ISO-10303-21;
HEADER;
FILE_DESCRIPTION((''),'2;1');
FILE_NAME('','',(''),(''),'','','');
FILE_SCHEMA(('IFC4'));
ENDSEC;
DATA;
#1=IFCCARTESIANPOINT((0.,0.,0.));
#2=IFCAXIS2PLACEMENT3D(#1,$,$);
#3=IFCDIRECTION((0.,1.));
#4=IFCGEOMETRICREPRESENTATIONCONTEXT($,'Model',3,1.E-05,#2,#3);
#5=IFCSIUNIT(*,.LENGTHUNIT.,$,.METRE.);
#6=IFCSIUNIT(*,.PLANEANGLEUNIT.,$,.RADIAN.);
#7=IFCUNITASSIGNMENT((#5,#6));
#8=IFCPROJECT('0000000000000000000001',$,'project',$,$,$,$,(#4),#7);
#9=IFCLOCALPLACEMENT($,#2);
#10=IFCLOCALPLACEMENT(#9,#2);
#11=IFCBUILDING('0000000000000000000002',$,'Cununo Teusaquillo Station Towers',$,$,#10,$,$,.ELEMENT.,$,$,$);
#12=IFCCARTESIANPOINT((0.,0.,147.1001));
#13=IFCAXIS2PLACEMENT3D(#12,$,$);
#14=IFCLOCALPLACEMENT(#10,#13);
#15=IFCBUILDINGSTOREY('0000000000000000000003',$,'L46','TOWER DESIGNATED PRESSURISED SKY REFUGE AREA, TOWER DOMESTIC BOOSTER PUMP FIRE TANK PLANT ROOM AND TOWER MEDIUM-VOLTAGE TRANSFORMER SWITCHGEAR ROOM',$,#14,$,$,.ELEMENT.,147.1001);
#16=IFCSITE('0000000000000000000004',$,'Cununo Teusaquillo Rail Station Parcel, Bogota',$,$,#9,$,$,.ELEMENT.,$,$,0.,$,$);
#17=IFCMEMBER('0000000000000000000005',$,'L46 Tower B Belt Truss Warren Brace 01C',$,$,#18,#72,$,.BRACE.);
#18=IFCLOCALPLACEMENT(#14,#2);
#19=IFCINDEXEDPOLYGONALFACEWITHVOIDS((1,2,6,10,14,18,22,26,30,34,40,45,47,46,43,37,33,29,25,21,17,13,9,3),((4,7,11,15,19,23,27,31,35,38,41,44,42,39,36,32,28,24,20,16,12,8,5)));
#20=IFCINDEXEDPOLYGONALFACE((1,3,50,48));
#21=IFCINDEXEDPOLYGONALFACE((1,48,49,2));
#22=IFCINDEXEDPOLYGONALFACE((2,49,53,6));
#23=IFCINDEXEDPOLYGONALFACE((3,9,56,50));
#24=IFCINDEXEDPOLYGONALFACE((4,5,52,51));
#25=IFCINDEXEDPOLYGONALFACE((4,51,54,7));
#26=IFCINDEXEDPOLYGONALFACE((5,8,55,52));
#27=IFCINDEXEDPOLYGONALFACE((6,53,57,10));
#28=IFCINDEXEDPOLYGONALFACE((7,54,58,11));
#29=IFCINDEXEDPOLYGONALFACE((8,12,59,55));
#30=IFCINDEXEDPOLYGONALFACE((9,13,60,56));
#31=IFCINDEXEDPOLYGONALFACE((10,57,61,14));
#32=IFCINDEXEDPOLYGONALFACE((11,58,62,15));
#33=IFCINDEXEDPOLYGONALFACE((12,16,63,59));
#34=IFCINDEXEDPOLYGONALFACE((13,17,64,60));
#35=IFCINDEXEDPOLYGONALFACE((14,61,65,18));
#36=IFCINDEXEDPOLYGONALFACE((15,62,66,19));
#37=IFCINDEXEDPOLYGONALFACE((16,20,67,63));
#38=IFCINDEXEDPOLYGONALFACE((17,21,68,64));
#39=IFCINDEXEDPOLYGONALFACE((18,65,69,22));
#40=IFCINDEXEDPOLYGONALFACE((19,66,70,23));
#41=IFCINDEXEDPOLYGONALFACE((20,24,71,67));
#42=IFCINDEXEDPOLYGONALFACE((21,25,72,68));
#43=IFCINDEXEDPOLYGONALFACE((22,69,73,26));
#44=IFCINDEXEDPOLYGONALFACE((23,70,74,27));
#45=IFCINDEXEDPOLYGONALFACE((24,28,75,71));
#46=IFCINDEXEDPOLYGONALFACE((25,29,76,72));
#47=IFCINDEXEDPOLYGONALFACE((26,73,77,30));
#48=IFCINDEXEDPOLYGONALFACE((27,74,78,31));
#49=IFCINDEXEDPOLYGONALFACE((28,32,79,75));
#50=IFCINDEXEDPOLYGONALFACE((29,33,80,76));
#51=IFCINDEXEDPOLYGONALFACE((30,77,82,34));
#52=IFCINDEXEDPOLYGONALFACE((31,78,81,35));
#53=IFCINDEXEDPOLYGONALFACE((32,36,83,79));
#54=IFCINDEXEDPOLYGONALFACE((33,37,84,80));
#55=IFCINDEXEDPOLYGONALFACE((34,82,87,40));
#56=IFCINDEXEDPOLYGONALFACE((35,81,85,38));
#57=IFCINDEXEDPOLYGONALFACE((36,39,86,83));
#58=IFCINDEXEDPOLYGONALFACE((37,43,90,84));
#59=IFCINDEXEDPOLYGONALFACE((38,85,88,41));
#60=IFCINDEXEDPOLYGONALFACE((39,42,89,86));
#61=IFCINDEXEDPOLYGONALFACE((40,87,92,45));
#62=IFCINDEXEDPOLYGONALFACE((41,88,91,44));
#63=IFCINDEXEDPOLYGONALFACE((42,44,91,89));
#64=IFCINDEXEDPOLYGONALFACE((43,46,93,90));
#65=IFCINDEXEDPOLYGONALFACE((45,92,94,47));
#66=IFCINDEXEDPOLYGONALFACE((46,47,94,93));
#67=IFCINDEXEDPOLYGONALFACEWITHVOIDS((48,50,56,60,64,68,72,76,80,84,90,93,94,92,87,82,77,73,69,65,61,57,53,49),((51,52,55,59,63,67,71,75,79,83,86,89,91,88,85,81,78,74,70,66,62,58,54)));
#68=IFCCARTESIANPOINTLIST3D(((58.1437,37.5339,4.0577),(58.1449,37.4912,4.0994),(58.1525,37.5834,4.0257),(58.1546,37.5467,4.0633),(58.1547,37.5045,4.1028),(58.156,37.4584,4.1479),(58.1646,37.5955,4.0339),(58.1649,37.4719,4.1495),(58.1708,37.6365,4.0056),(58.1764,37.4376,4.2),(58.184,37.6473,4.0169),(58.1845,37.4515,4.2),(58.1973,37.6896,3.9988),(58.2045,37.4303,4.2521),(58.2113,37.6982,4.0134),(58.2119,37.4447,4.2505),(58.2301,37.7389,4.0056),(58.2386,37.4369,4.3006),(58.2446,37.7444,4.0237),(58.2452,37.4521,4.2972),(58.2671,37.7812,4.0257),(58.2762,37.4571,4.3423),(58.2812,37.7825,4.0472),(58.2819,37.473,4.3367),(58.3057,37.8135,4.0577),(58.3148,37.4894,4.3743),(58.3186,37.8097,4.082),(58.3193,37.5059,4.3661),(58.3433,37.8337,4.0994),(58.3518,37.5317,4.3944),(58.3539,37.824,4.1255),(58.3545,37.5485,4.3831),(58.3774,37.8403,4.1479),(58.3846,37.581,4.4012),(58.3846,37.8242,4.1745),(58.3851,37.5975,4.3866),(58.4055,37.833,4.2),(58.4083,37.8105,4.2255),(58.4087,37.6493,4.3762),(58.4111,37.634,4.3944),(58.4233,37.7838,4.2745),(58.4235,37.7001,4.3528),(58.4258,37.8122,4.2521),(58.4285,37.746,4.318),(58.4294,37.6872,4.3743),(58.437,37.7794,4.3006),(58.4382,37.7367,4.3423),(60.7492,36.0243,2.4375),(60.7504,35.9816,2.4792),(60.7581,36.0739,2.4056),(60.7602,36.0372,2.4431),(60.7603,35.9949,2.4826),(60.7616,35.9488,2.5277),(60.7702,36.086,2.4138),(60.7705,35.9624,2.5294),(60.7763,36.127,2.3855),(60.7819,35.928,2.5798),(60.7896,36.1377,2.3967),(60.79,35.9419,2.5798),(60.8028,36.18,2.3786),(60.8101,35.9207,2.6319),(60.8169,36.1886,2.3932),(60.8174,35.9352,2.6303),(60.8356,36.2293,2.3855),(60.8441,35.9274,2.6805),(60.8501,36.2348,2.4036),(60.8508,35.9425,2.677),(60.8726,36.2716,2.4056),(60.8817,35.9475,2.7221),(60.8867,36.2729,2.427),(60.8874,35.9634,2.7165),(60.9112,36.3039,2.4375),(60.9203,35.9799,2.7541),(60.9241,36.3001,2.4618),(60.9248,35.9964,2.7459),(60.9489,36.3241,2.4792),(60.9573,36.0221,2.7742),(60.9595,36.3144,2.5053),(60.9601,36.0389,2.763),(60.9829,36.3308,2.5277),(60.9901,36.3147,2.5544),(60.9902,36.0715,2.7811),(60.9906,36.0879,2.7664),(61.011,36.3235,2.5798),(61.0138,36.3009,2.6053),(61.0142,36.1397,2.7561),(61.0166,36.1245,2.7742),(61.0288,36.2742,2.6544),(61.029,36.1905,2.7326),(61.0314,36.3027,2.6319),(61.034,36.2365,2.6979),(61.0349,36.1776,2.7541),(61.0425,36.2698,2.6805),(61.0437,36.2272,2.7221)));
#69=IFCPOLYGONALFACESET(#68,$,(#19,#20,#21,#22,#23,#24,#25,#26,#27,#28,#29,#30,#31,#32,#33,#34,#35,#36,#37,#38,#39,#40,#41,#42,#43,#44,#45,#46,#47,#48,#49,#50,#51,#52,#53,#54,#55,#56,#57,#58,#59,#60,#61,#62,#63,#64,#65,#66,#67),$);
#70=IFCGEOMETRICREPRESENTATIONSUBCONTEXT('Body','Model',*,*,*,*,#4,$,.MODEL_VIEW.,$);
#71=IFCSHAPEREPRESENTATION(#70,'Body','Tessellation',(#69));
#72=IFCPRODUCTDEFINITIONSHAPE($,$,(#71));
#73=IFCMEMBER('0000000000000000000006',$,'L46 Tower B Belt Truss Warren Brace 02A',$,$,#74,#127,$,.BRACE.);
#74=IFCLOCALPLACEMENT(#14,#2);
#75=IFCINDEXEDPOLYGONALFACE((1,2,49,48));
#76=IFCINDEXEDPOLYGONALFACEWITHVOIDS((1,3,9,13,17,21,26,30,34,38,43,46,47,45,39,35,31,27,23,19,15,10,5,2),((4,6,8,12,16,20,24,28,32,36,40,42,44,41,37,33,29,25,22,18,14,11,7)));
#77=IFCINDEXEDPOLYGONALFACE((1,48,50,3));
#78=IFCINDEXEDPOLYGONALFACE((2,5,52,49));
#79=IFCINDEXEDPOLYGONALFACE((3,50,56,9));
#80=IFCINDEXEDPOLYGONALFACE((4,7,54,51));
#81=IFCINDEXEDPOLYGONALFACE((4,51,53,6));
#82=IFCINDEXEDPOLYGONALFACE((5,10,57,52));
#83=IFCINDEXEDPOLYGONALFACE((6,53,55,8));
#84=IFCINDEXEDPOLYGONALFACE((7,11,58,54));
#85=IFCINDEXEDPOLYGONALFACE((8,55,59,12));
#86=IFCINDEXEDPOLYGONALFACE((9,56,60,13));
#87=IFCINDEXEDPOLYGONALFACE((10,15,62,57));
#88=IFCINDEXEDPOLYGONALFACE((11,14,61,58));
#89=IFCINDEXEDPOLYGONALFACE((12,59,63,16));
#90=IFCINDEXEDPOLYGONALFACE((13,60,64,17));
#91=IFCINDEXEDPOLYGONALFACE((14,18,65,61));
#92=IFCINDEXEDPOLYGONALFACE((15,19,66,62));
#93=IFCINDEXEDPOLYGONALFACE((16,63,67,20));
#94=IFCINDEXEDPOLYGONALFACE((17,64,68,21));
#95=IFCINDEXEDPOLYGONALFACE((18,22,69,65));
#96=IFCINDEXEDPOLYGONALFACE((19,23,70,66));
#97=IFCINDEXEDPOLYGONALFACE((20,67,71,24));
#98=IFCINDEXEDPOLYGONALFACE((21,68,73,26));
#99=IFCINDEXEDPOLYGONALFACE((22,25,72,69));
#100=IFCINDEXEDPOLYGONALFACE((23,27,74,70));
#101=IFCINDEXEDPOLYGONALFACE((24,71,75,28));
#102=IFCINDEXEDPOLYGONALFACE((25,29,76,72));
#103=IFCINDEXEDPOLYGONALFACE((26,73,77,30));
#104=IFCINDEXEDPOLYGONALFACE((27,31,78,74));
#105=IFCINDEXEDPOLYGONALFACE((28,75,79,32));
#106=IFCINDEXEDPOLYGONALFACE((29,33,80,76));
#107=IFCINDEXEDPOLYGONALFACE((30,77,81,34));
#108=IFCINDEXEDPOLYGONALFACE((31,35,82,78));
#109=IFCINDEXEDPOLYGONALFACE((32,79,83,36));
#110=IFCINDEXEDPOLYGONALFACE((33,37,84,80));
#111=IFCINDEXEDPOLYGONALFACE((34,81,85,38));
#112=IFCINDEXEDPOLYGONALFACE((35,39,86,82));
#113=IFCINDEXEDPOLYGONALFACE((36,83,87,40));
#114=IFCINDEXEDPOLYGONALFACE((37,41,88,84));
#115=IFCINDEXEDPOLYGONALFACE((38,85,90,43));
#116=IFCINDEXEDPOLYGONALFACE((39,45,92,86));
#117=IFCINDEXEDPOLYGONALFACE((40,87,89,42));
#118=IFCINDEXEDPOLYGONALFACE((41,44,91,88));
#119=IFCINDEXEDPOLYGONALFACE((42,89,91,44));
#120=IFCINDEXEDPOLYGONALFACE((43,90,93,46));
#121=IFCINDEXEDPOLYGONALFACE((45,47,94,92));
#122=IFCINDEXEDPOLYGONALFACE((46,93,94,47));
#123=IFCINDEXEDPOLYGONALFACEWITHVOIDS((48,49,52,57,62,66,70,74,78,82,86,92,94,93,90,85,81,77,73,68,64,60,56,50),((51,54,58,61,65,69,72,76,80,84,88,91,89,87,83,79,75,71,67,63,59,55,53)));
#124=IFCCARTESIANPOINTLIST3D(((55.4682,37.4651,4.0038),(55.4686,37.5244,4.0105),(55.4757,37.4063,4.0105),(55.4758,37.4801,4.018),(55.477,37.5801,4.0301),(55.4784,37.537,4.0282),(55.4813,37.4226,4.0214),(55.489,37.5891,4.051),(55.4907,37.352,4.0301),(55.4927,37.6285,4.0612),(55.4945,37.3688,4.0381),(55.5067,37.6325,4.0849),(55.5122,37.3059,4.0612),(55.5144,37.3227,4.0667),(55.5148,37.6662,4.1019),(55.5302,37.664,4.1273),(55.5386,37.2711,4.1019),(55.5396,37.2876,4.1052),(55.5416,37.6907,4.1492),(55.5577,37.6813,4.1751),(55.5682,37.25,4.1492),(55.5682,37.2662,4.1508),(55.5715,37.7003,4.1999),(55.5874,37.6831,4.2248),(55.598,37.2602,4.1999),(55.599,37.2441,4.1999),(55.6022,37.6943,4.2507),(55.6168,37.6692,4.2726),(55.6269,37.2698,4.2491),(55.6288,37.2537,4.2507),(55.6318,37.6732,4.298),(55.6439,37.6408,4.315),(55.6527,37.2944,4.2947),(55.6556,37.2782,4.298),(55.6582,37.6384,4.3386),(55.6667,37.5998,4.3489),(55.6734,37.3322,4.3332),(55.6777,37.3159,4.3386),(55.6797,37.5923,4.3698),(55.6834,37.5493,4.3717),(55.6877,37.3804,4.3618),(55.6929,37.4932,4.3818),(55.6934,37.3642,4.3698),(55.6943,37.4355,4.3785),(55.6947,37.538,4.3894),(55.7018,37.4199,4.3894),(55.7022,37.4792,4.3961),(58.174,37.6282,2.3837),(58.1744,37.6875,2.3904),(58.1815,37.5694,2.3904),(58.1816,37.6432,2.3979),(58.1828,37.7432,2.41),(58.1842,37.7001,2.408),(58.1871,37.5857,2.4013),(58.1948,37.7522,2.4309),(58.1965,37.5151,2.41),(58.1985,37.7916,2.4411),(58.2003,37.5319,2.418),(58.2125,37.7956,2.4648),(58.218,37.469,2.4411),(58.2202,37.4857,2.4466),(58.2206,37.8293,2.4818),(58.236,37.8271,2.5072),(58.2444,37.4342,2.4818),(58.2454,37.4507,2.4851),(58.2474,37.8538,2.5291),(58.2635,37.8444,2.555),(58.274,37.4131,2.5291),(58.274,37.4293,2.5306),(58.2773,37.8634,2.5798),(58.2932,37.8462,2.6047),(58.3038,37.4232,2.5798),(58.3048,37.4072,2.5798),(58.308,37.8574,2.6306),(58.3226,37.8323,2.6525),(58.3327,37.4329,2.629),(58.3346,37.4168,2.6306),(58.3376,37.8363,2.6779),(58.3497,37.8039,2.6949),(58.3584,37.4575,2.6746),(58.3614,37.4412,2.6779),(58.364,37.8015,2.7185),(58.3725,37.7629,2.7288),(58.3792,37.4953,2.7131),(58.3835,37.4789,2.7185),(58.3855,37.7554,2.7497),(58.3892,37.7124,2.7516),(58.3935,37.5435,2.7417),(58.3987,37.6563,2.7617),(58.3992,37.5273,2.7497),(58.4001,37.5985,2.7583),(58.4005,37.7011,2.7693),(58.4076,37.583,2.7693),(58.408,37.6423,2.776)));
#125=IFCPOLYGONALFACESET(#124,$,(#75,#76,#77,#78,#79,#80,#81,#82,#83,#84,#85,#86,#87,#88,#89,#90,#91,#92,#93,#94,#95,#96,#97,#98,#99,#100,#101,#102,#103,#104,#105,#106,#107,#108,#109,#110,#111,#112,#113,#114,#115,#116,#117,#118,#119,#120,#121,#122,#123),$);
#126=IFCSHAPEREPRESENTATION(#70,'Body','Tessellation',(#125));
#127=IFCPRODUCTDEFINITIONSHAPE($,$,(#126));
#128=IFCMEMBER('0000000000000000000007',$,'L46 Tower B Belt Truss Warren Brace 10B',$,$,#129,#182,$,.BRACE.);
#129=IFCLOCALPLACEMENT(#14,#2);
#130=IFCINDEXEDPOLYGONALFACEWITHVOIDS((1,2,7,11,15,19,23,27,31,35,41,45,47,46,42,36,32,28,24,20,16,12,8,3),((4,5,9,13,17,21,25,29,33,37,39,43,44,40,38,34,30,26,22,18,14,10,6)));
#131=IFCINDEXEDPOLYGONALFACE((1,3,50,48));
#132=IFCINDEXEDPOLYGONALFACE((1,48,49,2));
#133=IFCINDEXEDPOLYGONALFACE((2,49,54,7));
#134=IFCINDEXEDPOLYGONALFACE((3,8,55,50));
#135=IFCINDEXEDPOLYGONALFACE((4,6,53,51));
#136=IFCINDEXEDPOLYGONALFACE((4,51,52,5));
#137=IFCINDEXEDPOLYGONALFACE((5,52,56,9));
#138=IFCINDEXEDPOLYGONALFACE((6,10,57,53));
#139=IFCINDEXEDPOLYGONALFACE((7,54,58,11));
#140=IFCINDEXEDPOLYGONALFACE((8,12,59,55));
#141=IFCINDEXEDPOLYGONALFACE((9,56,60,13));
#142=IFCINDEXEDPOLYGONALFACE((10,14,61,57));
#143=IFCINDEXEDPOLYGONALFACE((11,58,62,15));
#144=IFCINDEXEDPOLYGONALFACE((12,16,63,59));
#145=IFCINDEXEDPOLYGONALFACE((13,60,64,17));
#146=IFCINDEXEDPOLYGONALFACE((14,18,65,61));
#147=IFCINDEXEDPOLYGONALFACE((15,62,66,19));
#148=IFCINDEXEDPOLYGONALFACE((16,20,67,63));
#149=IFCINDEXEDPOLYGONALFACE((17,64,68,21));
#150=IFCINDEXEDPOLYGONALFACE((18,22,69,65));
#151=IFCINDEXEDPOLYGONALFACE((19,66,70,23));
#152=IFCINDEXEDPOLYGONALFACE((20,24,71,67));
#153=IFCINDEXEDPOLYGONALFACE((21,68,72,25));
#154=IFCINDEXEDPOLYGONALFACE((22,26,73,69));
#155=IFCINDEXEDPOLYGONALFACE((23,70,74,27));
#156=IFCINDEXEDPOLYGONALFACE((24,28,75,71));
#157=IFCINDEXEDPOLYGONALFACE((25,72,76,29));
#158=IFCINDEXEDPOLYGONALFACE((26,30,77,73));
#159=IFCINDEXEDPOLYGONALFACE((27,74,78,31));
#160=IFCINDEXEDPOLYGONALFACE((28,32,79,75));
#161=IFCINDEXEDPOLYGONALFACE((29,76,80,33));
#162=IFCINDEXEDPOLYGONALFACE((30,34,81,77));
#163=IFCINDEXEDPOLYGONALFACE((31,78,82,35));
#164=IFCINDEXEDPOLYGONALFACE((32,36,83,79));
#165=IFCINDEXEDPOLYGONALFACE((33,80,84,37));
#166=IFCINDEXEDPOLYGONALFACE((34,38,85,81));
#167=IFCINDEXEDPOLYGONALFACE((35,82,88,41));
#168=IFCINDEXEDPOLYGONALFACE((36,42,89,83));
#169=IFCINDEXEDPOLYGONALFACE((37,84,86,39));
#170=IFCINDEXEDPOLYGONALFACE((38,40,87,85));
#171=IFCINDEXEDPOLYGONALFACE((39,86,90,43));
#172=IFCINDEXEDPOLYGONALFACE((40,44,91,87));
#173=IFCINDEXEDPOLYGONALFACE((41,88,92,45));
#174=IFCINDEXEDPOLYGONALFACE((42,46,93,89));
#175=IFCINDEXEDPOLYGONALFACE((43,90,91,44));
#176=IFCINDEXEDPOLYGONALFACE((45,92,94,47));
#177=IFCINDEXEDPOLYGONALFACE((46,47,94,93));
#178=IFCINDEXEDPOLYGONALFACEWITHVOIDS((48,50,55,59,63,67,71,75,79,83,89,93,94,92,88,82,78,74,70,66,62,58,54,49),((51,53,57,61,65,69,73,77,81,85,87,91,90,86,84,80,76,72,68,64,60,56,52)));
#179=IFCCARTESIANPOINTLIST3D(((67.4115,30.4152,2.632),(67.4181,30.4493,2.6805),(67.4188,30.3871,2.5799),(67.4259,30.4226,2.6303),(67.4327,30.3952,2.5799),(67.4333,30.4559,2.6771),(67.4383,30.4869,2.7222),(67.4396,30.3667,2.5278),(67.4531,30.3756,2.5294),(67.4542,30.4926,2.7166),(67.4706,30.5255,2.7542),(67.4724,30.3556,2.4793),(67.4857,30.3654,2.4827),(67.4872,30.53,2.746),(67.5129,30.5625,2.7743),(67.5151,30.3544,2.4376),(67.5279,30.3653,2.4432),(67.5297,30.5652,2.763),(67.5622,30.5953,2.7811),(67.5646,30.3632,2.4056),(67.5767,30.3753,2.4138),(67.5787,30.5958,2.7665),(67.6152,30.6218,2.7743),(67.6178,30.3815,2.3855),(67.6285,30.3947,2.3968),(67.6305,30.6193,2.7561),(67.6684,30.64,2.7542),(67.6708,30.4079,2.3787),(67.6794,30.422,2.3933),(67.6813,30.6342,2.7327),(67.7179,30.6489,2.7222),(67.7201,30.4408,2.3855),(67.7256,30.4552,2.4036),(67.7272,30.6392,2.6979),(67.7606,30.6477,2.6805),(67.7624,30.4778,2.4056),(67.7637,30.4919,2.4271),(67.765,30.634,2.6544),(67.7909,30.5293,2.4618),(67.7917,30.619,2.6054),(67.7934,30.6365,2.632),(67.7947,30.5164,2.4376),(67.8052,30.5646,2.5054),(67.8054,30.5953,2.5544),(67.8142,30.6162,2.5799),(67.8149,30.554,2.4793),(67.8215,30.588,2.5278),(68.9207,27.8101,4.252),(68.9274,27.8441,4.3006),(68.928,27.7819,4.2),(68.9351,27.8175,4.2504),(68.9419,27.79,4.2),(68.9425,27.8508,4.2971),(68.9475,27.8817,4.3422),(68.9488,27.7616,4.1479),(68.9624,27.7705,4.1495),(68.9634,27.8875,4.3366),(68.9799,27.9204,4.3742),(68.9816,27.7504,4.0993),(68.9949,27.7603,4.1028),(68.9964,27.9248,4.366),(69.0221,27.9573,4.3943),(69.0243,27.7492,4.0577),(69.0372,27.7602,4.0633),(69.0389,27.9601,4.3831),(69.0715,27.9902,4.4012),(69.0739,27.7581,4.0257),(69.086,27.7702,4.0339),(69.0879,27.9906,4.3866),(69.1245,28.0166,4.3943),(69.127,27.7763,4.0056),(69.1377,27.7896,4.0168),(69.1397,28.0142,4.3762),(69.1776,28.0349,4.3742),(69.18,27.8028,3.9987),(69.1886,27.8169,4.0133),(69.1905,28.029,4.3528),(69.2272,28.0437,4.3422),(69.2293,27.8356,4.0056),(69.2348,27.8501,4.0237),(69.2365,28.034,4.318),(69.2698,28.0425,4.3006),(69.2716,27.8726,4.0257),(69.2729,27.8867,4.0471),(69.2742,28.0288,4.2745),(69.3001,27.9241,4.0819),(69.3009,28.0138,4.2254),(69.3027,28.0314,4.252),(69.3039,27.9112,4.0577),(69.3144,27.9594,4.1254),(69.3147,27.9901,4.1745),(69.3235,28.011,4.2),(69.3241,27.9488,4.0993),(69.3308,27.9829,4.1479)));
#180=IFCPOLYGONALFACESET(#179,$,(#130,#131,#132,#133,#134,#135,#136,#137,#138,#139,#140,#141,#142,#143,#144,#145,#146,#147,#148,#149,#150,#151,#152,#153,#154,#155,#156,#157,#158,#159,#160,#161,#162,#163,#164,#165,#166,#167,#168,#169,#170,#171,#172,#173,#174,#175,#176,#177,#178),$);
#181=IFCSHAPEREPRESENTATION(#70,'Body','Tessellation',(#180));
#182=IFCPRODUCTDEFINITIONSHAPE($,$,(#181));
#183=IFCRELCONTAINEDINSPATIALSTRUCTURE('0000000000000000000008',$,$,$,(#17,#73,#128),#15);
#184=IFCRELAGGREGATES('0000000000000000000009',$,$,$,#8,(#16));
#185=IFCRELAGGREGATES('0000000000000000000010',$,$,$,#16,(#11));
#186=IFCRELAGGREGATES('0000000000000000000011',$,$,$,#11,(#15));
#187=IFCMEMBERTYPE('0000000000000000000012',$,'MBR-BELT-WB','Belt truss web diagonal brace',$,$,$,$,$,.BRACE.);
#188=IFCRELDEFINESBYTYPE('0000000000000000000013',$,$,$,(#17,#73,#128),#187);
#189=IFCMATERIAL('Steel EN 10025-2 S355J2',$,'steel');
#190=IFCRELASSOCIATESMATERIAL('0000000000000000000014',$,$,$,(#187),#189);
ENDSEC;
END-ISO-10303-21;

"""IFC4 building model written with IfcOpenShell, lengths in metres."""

from ifc_helpers import new_model, si_unit, direction, frame, origin, origin_2d, place, context, subcontext, project, spatial, hollow_circle, extrude, material, material_profile, profile_set, type_object, element, save


model = new_model("IFC4")

# Units and contexts
model_context = context("Model", 3, precision=1e-05, world=origin(), true_north=direction((0.0, 1.0)))
body_context = subcontext(model_context, "Body", "Model", "MODEL_VIEW")
ifc_project = project(units=[si_unit("LENGTHUNIT", "METRE"), si_unit("PLANEANGLEUNIT", "RADIAN")], contexts=[model_context])

# Site, building, storey
site_placement = place(None, origin())
site = spatial("IfcSite", under=ifc_project, at=site_placement, Name="Cununo Teusaquillo Rail Station Parcel, Bogota", CompositionType="ELEMENT", RefElevation=0.0)
building_placement = place(site_placement, origin())
building = spatial("IfcBuilding", under=site, at=building_placement, Name="Cununo Teusaquillo Station Towers", CompositionType="ELEMENT")
storey_placement = place(building_placement, frame((0.0, 0.0, 147.1001)))
storey = spatial("IfcBuildingStorey", under=building, at=storey_placement, Name="L46", Description="TOWER DESIGNATED PRESSURISED SKY REFUGE AREA, TOWER DOMESTIC BOOSTER PUMP FIRE TANK PLANT ROOM AND TOWER MEDIUM-VOLTAGE TRANSFORMER SWITCHGEAR ROOM", CompositionType="ELEMENT", Elevation=147.1001)

# Members
ifc_material_1 = material(Name="Steel EN 10025-2 S355J2", Category="steel")
ifc_material_profile_1 = material_profile(ifc_material_1, hollow_circle(Radius=0.2285, WallThickness=0.0161, at=origin_2d()), Name="CHS 457x16")
ifc_profile_set_1 = profile_set([ifc_material_profile_1], Name="Steel EN 10025-2 S355J2")
member_type_1 = type_object("IfcMemberType", Name="MBR-BELT-WB", Description="Belt truss web diagonal brace", PredefinedType="BRACE", material=ifc_profile_set_1)
member_1_placement = place(storey_placement, frame((60.8965, 36.1257, 2.5798), z_axis=(-0.761979, 0.441465, 0.47381), x_axis=(-0.501308, -0.865269, 0.0)))
element("IfcMember", 1, at=member_1_placement, inside=storey, type_object=member_type_1, Name="L46 Tower B Belt Truss Warren Brace 01C", PredefinedType="BRACE", context=body_context, shape_type="SweptSolid", body=[
    extrude(hollow_circle(Radius=0.2285, WallThickness=0.0161, at=origin_2d()), origin(), (0.0, 0.0, 1.0), 3.4194),
])
member_2_placement = place(storey_placement, frame((58.291, 37.6353, 2.5798), z_axis=(-0.856819, -0.051643, 0.513025), x_axis=(0.060163, -0.998189, 0.0)))
element("IfcMember", 2, at=member_2_placement, inside=storey, type_object=member_type_1, Name="L46 Tower B Belt Truss Warren Brace 02A", PredefinedType="BRACE", context=body_context, shape_type="SweptSolid", body=[
    extrude(hollow_circle(Radius=0.2285, WallThickness=0.0161, at=origin_2d()), origin(), (0.0, 0.0, 1.0), 3.158),
])
member_3_placement = place(storey_placement, frame((69.1257, 27.8965, 4.2), z_axis=(-0.441432, 0.761974, -0.47385), x_axis=(-0.865284, -0.501282, 0.0)))
element("IfcMember", 3, at=member_3_placement, inside=storey, type_object=member_type_1, Name="L46 Tower B Belt Truss Warren Brace 10B", PredefinedType="BRACE", context=body_context, shape_type="SweptSolid", body=[
    extrude(hollow_circle(Radius=0.2285, WallThickness=0.0161, at=origin_2d()), origin(), (0.0, 0.0, 1.0), 3.4189),
])

save(model, "model.ifc")
